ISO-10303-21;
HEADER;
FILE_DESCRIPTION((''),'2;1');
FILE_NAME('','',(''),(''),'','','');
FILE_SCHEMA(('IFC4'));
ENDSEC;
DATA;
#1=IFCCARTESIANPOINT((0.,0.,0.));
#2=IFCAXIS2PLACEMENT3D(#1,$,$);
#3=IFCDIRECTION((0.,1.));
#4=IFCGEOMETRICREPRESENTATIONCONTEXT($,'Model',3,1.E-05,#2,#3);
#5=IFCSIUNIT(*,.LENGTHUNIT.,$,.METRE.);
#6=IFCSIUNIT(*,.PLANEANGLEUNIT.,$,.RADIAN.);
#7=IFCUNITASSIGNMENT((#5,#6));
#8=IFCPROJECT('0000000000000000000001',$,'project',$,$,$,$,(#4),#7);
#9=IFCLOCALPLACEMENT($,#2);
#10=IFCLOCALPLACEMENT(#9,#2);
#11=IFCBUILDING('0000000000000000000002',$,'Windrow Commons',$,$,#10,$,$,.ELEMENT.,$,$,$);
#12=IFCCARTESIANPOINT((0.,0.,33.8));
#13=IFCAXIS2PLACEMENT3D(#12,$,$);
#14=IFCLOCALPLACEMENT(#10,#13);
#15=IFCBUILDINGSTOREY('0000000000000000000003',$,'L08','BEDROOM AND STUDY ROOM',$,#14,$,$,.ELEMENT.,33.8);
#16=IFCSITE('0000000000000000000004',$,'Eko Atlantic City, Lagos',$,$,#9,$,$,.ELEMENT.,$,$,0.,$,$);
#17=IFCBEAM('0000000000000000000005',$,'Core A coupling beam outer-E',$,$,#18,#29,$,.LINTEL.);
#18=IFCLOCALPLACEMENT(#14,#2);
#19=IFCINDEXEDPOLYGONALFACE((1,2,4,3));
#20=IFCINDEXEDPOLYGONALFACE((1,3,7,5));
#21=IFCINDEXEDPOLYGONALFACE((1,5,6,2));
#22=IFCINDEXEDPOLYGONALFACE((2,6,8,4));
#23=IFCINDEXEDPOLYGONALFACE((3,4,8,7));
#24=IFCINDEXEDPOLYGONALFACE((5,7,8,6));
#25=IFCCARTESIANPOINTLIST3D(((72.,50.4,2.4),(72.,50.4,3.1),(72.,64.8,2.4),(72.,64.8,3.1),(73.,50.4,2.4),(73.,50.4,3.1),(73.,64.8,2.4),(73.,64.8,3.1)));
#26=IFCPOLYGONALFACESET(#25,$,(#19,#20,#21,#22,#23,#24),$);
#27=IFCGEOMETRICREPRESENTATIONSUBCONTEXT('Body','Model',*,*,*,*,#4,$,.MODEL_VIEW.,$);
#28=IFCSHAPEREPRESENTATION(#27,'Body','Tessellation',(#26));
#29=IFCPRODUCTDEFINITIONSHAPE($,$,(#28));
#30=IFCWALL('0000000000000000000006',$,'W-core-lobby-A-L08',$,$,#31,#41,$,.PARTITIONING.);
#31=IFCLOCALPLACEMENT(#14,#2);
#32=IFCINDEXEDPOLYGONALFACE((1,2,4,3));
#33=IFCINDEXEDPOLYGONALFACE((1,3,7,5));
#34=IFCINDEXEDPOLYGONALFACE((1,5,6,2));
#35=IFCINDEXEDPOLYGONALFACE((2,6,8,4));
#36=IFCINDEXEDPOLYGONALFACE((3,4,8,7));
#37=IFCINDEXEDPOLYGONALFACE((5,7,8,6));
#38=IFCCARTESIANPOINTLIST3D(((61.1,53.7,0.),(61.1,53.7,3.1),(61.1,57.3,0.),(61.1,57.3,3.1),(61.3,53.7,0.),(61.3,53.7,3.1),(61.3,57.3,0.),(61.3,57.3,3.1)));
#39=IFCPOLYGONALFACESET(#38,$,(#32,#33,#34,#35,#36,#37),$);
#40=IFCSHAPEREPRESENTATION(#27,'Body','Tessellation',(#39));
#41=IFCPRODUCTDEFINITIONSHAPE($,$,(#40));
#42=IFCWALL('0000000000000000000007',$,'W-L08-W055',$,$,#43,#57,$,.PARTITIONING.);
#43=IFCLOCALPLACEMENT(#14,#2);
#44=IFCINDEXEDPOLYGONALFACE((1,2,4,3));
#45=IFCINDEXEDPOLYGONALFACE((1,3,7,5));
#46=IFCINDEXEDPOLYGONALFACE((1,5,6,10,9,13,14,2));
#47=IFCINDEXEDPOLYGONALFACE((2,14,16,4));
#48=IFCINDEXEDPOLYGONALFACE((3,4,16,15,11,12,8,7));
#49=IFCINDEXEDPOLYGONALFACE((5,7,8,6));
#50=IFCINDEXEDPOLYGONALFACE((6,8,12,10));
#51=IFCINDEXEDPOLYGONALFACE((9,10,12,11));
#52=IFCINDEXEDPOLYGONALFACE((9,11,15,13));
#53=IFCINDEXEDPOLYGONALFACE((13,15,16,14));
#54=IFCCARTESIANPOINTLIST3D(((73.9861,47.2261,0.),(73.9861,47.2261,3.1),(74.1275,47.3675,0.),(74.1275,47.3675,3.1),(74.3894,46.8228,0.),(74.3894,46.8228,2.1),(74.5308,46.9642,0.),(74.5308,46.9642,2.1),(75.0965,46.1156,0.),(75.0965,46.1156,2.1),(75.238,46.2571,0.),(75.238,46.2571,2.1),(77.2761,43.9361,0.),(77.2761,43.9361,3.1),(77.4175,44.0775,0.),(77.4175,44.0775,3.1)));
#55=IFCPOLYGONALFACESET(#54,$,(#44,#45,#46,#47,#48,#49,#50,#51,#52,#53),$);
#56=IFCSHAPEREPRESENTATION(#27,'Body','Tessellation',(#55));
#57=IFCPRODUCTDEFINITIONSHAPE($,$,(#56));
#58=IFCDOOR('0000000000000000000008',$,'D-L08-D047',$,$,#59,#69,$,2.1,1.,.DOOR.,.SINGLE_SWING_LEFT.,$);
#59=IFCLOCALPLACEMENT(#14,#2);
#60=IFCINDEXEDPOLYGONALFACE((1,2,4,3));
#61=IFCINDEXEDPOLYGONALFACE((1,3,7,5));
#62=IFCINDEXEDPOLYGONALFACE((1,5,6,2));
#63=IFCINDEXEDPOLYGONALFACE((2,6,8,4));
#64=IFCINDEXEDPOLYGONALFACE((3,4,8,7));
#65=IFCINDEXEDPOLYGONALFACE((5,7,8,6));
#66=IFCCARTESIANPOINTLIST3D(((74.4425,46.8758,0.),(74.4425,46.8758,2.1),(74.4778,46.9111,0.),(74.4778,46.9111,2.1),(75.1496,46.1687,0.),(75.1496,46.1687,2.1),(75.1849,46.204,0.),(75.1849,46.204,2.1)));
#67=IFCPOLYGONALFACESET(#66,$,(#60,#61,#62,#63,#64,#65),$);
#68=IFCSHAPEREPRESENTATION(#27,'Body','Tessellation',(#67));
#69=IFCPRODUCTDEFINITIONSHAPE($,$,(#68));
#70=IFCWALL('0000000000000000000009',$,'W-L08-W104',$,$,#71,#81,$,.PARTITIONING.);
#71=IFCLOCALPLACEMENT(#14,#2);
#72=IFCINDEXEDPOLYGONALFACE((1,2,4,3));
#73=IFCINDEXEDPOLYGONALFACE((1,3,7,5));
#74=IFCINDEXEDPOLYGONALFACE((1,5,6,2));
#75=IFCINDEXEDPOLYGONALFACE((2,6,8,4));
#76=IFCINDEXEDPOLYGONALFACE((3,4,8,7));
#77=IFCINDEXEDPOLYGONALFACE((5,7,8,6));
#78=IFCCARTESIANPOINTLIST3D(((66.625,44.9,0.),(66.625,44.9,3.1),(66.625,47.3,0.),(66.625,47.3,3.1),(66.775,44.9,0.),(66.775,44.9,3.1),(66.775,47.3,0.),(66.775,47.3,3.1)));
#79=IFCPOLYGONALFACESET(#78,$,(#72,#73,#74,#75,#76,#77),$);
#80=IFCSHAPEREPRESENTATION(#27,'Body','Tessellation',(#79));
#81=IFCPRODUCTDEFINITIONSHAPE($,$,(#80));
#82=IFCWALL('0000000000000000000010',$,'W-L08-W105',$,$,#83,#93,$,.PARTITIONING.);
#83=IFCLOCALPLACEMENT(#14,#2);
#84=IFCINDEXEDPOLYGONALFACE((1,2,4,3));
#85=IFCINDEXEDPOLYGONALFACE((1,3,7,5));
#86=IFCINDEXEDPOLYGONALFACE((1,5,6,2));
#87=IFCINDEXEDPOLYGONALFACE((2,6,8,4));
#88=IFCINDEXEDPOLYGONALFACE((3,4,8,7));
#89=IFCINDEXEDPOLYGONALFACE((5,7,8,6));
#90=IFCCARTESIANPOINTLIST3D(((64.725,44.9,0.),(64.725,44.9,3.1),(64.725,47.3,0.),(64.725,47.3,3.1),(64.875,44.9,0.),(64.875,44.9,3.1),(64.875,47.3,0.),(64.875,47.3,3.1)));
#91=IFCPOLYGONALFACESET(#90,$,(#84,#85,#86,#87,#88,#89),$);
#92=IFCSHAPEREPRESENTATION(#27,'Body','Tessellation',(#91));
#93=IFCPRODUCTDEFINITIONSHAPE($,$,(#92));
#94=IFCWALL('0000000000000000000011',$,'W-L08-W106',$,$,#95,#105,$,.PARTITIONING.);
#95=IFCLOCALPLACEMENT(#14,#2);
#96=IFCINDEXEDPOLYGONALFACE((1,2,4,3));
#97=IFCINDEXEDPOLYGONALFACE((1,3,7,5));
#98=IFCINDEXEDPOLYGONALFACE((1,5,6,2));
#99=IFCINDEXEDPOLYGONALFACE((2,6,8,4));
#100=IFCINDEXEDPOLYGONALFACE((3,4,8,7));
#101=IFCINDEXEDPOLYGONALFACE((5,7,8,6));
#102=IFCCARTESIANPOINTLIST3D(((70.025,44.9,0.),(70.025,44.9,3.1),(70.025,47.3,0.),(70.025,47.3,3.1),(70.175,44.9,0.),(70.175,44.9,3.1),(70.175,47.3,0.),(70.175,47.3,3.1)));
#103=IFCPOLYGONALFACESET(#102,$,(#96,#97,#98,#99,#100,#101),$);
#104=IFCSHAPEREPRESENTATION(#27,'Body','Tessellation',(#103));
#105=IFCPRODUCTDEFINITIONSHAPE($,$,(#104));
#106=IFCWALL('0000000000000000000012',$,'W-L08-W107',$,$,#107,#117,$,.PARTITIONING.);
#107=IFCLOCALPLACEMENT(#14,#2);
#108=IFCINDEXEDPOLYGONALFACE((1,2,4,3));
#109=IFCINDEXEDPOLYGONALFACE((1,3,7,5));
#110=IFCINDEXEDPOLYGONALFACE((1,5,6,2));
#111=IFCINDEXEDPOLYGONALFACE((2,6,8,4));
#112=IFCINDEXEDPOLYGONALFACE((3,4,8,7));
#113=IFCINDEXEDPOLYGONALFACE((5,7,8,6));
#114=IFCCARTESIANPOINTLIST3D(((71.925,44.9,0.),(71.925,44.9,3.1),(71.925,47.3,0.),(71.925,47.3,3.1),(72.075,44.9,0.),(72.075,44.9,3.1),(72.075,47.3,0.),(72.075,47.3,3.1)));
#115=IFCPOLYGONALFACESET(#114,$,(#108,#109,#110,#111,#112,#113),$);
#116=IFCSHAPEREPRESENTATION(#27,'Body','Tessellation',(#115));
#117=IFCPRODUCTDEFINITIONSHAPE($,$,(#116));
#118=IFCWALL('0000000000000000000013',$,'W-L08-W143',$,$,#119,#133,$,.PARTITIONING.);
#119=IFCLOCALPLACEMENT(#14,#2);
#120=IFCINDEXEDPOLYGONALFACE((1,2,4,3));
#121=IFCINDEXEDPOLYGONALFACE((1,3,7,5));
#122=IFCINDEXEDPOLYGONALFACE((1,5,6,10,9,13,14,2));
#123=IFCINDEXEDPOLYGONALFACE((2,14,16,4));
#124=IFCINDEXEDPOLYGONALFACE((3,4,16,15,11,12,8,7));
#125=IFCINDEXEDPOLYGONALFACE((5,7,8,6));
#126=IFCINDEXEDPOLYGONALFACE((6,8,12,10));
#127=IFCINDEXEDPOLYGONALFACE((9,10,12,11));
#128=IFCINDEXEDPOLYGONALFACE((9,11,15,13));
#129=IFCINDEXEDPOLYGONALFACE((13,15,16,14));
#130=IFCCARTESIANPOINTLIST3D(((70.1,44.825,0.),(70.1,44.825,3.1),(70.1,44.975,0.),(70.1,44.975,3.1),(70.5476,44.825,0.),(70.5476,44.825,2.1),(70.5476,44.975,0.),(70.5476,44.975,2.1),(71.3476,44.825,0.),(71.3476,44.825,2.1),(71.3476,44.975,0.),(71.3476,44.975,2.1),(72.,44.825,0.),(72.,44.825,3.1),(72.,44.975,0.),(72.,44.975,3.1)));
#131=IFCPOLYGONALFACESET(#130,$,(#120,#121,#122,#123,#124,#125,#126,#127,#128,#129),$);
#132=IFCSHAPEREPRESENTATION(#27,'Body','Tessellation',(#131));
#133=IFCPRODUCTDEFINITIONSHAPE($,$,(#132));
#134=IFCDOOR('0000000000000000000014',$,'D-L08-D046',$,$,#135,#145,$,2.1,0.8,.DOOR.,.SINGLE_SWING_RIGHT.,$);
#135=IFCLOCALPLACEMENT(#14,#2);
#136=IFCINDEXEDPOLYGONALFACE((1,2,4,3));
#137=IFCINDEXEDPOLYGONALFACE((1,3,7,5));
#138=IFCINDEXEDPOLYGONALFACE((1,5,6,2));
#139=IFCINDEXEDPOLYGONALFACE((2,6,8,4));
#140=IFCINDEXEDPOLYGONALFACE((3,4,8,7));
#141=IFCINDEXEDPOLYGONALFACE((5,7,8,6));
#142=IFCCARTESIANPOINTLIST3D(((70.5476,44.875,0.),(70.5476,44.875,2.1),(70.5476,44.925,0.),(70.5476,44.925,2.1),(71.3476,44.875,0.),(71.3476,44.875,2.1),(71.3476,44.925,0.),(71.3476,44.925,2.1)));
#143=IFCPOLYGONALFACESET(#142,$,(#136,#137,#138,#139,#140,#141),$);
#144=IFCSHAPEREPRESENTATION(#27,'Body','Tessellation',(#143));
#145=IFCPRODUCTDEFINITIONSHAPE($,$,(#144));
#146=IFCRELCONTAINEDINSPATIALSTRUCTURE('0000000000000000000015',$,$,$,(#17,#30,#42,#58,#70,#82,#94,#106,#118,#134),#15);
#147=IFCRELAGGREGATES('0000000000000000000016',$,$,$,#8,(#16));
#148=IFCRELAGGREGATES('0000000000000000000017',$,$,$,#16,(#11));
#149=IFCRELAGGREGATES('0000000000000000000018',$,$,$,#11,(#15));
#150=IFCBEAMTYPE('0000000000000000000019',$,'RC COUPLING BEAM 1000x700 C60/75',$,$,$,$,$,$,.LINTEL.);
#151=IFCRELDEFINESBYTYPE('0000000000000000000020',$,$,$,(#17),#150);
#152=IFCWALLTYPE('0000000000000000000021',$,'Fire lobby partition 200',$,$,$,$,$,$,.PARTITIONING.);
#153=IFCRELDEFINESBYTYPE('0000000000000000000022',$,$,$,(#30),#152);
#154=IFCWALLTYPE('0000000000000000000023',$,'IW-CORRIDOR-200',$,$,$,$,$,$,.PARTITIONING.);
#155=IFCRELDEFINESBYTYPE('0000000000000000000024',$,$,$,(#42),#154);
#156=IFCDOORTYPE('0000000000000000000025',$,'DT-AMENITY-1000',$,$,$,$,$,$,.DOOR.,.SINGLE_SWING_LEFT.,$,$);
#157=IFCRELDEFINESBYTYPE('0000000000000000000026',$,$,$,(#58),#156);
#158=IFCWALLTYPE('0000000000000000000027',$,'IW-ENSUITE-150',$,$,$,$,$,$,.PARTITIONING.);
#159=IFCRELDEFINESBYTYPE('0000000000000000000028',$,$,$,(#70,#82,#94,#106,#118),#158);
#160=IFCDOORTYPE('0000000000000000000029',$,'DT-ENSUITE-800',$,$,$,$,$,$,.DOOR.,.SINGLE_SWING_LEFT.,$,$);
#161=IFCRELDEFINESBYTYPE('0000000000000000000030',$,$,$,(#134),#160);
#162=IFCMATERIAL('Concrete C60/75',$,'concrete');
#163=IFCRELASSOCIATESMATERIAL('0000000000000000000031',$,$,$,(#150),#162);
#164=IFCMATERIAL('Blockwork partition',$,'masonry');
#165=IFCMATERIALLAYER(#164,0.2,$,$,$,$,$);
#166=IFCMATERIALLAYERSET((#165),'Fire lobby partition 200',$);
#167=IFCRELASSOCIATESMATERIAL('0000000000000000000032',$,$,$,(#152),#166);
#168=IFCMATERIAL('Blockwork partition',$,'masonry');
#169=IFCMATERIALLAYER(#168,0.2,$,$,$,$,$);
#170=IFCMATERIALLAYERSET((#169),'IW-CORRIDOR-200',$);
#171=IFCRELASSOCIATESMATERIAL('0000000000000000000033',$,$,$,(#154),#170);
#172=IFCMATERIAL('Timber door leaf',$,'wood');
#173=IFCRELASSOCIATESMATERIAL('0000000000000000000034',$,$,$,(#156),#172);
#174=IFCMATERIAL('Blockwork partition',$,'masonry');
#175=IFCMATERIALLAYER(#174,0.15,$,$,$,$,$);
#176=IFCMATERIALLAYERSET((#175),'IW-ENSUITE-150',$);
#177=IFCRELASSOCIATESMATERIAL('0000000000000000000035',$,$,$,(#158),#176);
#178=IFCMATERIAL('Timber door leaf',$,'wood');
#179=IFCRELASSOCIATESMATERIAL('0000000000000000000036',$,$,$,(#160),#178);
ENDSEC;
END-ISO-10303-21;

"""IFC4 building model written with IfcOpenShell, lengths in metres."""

from ifc_helpers import new_model, si_unit, direction, frame, frame_2d, origin, origin_2d, place, context, subcontext, project, spatial, rectangle, extrude, material, layer, layer_set, material_profile, profile_set, type_object, element, fill, save


model = new_model("IFC4")

# Units and contexts
model_context = context("Model", 3, precision=1e-05, world=origin(), true_north=direction((0.0, 1.0)))
body_context = subcontext(model_context, "Body", "Model", "MODEL_VIEW")
ifc_project = project(units=[si_unit("LENGTHUNIT", "METRE"), si_unit("PLANEANGLEUNIT", "RADIAN")], contexts=[model_context])

# Site, building, storey
site_placement = place(None, origin())
site = spatial("IfcSite", under=ifc_project, at=site_placement, Name="Eko Atlantic City, Lagos", CompositionType="ELEMENT", RefElevation=0.0)
building_placement = place(site_placement, origin())
building = spatial("IfcBuilding", under=site, at=building_placement, Name="Windrow Commons", CompositionType="ELEMENT")
storey_placement = place(building_placement, frame((0.0, 0.0, 33.8)))
storey = spatial("IfcBuildingStorey", under=building, at=storey_placement, Name="L08", Description="BEDROOM AND STUDY ROOM", CompositionType="ELEMENT", Elevation=33.8)

# Beam
ifc_material_1 = material(Name="Concrete C60/75", Category="concrete")
ifc_material_profile = material_profile(ifc_material_1, rectangle(XDim=1.0, YDim=0.7, at=origin_2d()))
ifc_profile_set = profile_set([ifc_material_profile], Name="Concrete C60/75")
beam_type = type_object("IfcBeamType", Name="RC COUPLING BEAM 1000x700 C60/75", PredefinedType="LINTEL", material=ifc_profile_set)
beam_placement = place(storey_placement, frame((72.5, 50.4, 2.75), z_axis=(0.0, 1.0, 0.0), x_axis=(-1.0, 0.0, 0.0)))
element("IfcBeam", 1, at=beam_placement, inside=storey, type_object=beam_type, Name="Core A coupling beam outer-E", PredefinedType="LINTEL", context=body_context, shape_type="SweptSolid", body=[
    extrude(rectangle(XDim=1.0, YDim=0.7, at=origin_2d()), origin(), (0.0, 0.0, 1.0), 14.4),
])

# Wall
ifc_material_2 = material(Name="Blockwork partition", Category="masonry")
ifc_layer_1 = layer(ifc_material_2, 0.2)
ifc_layer_set_1 = layer_set([ifc_layer_1], Name="Fire lobby partition 200")
wall_type_1 = type_object("IfcWallType", Name="Fire lobby partition 200", PredefinedType="PARTITIONING", material=ifc_layer_set_1)
wall_1_placement = place(storey_placement, frame((61.2, 53.7, 0.0), z_axis=(0.0, 0.0, 1.0), x_axis=(0.0, 1.0, 0.0)))
element("IfcWall", 2, at=wall_1_placement, inside=storey, type_object=wall_type_1, Name="W-core-lobby-A-L08", PredefinedType="PARTITIONING", context=body_context, shape_type="SweptSolid", body=[
    extrude(rectangle(XDim=3.6, YDim=0.2, at=frame_2d((1.8, 0.0))), origin(), (0.0, 0.0, 1.0), 3.1),
])

# Wall, opening, door
ifc_material_3 = material(Name="Blockwork partition", Category="masonry")
ifc_layer_2 = layer(ifc_material_3, 0.2)
ifc_layer_set_2 = layer_set([ifc_layer_2], Name="IW-CORRIDOR-200")
wall_type_2 = type_object("IfcWallType", Name="IW-CORRIDOR-200", PredefinedType="PARTITIONING", material=ifc_layer_set_2)
wall_2_placement = place(storey_placement, frame((74.0568, 47.2968, 0.0), z_axis=(0.0, 0.0, 1.0), x_axis=(0.707107, -0.707107, 0.0)))
wall_2 = element("IfcWall", 3, at=wall_2_placement, inside=storey, type_object=wall_type_2, Name="W-L08-W055", PredefinedType="PARTITIONING", context=body_context, shape_type="SweptSolid", body=[
    extrude(rectangle(XDim=4.6528, YDim=0.2, at=frame_2d((2.3264, 0.0))), origin(), (0.0, 0.0, 1.0), 3.1),
])
opening_1_placement = place(wall_2_placement, frame((0.5704, 0.0, 0.0)))
opening_1 = element("IfcOpeningElement", 4, at=opening_1_placement, cuts=wall_2, PredefinedType="OPENING", context=body_context, shape_type="SweptSolid", body=[
    extrude(rectangle(XDim=1.0, YDim=2.1, at=frame_2d((0.5, 1.05))), frame((0.0, 0.11, 0.0), z_axis=(0.0, -1.0, 0.0), x_axis=(1.0, 0.0, 0.0)), (0.0, 0.0, 1.0), 0.22),
])
ifc_material_4 = material(Name="Timber door leaf", Category="wood")
door_type_1 = type_object("IfcDoorType", Name="DT-AMENITY-1000", OperationType="SINGLE_SWING_LEFT", PredefinedType="DOOR", material=ifc_material_4)
door_1_placement = place(opening_1_placement, origin())
door_1 = element("IfcDoor", 5, at=door_1_placement, inside=storey, type_object=door_type_1, Name="D-L08-D047", OperationType="SINGLE_SWING_LEFT", OverallHeight=2.1, OverallWidth=1.0, PredefinedType="DOOR", context=body_context, shape_type="SweptSolid", body=[
    extrude(rectangle(XDim=1.0, YDim=2.1, at=frame_2d((0.5, 1.05))), frame((0.0, 0.025, 0.0), z_axis=(0.0, -1.0, 0.0), x_axis=(1.0, 0.0, 0.0)), (0.0, 0.0, 1.0), 0.05),
])
fill(opening_1, door_1)

# Walls
ifc_material_5 = material(Name="Blockwork partition", Category="masonry")
ifc_layer_3 = layer(ifc_material_5, 0.15)
ifc_layer_set_3 = layer_set([ifc_layer_3], Name="IW-ENSUITE-150")
wall_type_3 = type_object("IfcWallType", Name="IW-ENSUITE-150", PredefinedType="PARTITIONING", material=ifc_layer_set_3)
for number, where, z_axis, x_axis, name in (
    (6, (66.7, 44.9, 0.0), (0.0, 0.0, 1.0), (0.0, 1.0, 0.0), "W-L08-W104"),
    (7, (64.8, 44.9, 0.0), (0.0, 0.0, 1.0), (0.0, 1.0, 0.0), "W-L08-W105"),
    (8, (70.1, 44.9, 0.0), (0.0, 0.0, 1.0), (0.0, 1.0, 0.0), "W-L08-W106"),
    (9, (72.0, 44.9, 0.0), (0.0, 0.0, 1.0), (0.0, 1.0, 0.0), "W-L08-W107"),
):
    element("IfcWall", number, at=place(storey_placement, frame(where, z_axis=z_axis, x_axis=x_axis)), inside=storey, type_object=wall_type_3, Name=name, PredefinedType="PARTITIONING", context=body_context, shape_type="SweptSolid", body=[
        extrude(rectangle(XDim=2.4, YDim=0.15, at=frame_2d((1.2, 0.0))), origin(), (0.0, 0.0, 1.0), 3.1),
    ])

# Wall, opening, door
wall_3_placement = place(storey_placement, frame((70.1, 44.9, 0.0), z_axis=(0.0, 0.0, 1.0), x_axis=(1.0, 0.0, 0.0)))
wall_3 = element("IfcWall", 10, at=wall_3_placement, inside=storey, type_object=wall_type_3, Name="W-L08-W143", PredefinedType="PARTITIONING", context=body_context, shape_type="SweptSolid", body=[
    extrude(rectangle(XDim=1.9, YDim=0.15, at=frame_2d((0.95, 0.0))), origin(), (0.0, 0.0, 1.0), 3.1),
])
opening_2_placement = place(wall_3_placement, frame((0.4476, 0.0, 0.0)))
opening_2 = element("IfcOpeningElement", 11, at=opening_2_placement, cuts=wall_3, PredefinedType="OPENING", context=body_context, shape_type="SweptSolid", body=[
    extrude(rectangle(XDim=0.8, YDim=2.1, at=frame_2d((0.4, 1.05))), frame((0.0, 0.085, 0.0), z_axis=(0.0, -1.0, 0.0), x_axis=(1.0, 0.0, 0.0)), (0.0, 0.0, 1.0), 0.17),
])
ifc_material_6 = material(Name="Timber door leaf", Category="wood")
door_type_2 = type_object("IfcDoorType", Name="DT-ENSUITE-800", OperationType="SINGLE_SWING_LEFT", PredefinedType="DOOR", material=ifc_material_6)
door_2_placement = place(opening_2_placement, origin())
door_2 = element("IfcDoor", 12, at=door_2_placement, inside=storey, type_object=door_type_2, Name="D-L08-D046", OperationType="SINGLE_SWING_RIGHT", OverallHeight=2.1, OverallWidth=0.8, PredefinedType="DOOR", context=body_context, shape_type="SweptSolid", body=[
    extrude(rectangle(XDim=0.8, YDim=2.1, at=frame_2d((0.4, 1.05))), frame((0.0, 0.025, 0.0), z_axis=(0.0, -1.0, 0.0), x_axis=(1.0, 0.0, 0.0)), (0.0, 0.0, 1.0), 0.05),
])
fill(opening_2, door_2)

save(model, "model.ifc")
